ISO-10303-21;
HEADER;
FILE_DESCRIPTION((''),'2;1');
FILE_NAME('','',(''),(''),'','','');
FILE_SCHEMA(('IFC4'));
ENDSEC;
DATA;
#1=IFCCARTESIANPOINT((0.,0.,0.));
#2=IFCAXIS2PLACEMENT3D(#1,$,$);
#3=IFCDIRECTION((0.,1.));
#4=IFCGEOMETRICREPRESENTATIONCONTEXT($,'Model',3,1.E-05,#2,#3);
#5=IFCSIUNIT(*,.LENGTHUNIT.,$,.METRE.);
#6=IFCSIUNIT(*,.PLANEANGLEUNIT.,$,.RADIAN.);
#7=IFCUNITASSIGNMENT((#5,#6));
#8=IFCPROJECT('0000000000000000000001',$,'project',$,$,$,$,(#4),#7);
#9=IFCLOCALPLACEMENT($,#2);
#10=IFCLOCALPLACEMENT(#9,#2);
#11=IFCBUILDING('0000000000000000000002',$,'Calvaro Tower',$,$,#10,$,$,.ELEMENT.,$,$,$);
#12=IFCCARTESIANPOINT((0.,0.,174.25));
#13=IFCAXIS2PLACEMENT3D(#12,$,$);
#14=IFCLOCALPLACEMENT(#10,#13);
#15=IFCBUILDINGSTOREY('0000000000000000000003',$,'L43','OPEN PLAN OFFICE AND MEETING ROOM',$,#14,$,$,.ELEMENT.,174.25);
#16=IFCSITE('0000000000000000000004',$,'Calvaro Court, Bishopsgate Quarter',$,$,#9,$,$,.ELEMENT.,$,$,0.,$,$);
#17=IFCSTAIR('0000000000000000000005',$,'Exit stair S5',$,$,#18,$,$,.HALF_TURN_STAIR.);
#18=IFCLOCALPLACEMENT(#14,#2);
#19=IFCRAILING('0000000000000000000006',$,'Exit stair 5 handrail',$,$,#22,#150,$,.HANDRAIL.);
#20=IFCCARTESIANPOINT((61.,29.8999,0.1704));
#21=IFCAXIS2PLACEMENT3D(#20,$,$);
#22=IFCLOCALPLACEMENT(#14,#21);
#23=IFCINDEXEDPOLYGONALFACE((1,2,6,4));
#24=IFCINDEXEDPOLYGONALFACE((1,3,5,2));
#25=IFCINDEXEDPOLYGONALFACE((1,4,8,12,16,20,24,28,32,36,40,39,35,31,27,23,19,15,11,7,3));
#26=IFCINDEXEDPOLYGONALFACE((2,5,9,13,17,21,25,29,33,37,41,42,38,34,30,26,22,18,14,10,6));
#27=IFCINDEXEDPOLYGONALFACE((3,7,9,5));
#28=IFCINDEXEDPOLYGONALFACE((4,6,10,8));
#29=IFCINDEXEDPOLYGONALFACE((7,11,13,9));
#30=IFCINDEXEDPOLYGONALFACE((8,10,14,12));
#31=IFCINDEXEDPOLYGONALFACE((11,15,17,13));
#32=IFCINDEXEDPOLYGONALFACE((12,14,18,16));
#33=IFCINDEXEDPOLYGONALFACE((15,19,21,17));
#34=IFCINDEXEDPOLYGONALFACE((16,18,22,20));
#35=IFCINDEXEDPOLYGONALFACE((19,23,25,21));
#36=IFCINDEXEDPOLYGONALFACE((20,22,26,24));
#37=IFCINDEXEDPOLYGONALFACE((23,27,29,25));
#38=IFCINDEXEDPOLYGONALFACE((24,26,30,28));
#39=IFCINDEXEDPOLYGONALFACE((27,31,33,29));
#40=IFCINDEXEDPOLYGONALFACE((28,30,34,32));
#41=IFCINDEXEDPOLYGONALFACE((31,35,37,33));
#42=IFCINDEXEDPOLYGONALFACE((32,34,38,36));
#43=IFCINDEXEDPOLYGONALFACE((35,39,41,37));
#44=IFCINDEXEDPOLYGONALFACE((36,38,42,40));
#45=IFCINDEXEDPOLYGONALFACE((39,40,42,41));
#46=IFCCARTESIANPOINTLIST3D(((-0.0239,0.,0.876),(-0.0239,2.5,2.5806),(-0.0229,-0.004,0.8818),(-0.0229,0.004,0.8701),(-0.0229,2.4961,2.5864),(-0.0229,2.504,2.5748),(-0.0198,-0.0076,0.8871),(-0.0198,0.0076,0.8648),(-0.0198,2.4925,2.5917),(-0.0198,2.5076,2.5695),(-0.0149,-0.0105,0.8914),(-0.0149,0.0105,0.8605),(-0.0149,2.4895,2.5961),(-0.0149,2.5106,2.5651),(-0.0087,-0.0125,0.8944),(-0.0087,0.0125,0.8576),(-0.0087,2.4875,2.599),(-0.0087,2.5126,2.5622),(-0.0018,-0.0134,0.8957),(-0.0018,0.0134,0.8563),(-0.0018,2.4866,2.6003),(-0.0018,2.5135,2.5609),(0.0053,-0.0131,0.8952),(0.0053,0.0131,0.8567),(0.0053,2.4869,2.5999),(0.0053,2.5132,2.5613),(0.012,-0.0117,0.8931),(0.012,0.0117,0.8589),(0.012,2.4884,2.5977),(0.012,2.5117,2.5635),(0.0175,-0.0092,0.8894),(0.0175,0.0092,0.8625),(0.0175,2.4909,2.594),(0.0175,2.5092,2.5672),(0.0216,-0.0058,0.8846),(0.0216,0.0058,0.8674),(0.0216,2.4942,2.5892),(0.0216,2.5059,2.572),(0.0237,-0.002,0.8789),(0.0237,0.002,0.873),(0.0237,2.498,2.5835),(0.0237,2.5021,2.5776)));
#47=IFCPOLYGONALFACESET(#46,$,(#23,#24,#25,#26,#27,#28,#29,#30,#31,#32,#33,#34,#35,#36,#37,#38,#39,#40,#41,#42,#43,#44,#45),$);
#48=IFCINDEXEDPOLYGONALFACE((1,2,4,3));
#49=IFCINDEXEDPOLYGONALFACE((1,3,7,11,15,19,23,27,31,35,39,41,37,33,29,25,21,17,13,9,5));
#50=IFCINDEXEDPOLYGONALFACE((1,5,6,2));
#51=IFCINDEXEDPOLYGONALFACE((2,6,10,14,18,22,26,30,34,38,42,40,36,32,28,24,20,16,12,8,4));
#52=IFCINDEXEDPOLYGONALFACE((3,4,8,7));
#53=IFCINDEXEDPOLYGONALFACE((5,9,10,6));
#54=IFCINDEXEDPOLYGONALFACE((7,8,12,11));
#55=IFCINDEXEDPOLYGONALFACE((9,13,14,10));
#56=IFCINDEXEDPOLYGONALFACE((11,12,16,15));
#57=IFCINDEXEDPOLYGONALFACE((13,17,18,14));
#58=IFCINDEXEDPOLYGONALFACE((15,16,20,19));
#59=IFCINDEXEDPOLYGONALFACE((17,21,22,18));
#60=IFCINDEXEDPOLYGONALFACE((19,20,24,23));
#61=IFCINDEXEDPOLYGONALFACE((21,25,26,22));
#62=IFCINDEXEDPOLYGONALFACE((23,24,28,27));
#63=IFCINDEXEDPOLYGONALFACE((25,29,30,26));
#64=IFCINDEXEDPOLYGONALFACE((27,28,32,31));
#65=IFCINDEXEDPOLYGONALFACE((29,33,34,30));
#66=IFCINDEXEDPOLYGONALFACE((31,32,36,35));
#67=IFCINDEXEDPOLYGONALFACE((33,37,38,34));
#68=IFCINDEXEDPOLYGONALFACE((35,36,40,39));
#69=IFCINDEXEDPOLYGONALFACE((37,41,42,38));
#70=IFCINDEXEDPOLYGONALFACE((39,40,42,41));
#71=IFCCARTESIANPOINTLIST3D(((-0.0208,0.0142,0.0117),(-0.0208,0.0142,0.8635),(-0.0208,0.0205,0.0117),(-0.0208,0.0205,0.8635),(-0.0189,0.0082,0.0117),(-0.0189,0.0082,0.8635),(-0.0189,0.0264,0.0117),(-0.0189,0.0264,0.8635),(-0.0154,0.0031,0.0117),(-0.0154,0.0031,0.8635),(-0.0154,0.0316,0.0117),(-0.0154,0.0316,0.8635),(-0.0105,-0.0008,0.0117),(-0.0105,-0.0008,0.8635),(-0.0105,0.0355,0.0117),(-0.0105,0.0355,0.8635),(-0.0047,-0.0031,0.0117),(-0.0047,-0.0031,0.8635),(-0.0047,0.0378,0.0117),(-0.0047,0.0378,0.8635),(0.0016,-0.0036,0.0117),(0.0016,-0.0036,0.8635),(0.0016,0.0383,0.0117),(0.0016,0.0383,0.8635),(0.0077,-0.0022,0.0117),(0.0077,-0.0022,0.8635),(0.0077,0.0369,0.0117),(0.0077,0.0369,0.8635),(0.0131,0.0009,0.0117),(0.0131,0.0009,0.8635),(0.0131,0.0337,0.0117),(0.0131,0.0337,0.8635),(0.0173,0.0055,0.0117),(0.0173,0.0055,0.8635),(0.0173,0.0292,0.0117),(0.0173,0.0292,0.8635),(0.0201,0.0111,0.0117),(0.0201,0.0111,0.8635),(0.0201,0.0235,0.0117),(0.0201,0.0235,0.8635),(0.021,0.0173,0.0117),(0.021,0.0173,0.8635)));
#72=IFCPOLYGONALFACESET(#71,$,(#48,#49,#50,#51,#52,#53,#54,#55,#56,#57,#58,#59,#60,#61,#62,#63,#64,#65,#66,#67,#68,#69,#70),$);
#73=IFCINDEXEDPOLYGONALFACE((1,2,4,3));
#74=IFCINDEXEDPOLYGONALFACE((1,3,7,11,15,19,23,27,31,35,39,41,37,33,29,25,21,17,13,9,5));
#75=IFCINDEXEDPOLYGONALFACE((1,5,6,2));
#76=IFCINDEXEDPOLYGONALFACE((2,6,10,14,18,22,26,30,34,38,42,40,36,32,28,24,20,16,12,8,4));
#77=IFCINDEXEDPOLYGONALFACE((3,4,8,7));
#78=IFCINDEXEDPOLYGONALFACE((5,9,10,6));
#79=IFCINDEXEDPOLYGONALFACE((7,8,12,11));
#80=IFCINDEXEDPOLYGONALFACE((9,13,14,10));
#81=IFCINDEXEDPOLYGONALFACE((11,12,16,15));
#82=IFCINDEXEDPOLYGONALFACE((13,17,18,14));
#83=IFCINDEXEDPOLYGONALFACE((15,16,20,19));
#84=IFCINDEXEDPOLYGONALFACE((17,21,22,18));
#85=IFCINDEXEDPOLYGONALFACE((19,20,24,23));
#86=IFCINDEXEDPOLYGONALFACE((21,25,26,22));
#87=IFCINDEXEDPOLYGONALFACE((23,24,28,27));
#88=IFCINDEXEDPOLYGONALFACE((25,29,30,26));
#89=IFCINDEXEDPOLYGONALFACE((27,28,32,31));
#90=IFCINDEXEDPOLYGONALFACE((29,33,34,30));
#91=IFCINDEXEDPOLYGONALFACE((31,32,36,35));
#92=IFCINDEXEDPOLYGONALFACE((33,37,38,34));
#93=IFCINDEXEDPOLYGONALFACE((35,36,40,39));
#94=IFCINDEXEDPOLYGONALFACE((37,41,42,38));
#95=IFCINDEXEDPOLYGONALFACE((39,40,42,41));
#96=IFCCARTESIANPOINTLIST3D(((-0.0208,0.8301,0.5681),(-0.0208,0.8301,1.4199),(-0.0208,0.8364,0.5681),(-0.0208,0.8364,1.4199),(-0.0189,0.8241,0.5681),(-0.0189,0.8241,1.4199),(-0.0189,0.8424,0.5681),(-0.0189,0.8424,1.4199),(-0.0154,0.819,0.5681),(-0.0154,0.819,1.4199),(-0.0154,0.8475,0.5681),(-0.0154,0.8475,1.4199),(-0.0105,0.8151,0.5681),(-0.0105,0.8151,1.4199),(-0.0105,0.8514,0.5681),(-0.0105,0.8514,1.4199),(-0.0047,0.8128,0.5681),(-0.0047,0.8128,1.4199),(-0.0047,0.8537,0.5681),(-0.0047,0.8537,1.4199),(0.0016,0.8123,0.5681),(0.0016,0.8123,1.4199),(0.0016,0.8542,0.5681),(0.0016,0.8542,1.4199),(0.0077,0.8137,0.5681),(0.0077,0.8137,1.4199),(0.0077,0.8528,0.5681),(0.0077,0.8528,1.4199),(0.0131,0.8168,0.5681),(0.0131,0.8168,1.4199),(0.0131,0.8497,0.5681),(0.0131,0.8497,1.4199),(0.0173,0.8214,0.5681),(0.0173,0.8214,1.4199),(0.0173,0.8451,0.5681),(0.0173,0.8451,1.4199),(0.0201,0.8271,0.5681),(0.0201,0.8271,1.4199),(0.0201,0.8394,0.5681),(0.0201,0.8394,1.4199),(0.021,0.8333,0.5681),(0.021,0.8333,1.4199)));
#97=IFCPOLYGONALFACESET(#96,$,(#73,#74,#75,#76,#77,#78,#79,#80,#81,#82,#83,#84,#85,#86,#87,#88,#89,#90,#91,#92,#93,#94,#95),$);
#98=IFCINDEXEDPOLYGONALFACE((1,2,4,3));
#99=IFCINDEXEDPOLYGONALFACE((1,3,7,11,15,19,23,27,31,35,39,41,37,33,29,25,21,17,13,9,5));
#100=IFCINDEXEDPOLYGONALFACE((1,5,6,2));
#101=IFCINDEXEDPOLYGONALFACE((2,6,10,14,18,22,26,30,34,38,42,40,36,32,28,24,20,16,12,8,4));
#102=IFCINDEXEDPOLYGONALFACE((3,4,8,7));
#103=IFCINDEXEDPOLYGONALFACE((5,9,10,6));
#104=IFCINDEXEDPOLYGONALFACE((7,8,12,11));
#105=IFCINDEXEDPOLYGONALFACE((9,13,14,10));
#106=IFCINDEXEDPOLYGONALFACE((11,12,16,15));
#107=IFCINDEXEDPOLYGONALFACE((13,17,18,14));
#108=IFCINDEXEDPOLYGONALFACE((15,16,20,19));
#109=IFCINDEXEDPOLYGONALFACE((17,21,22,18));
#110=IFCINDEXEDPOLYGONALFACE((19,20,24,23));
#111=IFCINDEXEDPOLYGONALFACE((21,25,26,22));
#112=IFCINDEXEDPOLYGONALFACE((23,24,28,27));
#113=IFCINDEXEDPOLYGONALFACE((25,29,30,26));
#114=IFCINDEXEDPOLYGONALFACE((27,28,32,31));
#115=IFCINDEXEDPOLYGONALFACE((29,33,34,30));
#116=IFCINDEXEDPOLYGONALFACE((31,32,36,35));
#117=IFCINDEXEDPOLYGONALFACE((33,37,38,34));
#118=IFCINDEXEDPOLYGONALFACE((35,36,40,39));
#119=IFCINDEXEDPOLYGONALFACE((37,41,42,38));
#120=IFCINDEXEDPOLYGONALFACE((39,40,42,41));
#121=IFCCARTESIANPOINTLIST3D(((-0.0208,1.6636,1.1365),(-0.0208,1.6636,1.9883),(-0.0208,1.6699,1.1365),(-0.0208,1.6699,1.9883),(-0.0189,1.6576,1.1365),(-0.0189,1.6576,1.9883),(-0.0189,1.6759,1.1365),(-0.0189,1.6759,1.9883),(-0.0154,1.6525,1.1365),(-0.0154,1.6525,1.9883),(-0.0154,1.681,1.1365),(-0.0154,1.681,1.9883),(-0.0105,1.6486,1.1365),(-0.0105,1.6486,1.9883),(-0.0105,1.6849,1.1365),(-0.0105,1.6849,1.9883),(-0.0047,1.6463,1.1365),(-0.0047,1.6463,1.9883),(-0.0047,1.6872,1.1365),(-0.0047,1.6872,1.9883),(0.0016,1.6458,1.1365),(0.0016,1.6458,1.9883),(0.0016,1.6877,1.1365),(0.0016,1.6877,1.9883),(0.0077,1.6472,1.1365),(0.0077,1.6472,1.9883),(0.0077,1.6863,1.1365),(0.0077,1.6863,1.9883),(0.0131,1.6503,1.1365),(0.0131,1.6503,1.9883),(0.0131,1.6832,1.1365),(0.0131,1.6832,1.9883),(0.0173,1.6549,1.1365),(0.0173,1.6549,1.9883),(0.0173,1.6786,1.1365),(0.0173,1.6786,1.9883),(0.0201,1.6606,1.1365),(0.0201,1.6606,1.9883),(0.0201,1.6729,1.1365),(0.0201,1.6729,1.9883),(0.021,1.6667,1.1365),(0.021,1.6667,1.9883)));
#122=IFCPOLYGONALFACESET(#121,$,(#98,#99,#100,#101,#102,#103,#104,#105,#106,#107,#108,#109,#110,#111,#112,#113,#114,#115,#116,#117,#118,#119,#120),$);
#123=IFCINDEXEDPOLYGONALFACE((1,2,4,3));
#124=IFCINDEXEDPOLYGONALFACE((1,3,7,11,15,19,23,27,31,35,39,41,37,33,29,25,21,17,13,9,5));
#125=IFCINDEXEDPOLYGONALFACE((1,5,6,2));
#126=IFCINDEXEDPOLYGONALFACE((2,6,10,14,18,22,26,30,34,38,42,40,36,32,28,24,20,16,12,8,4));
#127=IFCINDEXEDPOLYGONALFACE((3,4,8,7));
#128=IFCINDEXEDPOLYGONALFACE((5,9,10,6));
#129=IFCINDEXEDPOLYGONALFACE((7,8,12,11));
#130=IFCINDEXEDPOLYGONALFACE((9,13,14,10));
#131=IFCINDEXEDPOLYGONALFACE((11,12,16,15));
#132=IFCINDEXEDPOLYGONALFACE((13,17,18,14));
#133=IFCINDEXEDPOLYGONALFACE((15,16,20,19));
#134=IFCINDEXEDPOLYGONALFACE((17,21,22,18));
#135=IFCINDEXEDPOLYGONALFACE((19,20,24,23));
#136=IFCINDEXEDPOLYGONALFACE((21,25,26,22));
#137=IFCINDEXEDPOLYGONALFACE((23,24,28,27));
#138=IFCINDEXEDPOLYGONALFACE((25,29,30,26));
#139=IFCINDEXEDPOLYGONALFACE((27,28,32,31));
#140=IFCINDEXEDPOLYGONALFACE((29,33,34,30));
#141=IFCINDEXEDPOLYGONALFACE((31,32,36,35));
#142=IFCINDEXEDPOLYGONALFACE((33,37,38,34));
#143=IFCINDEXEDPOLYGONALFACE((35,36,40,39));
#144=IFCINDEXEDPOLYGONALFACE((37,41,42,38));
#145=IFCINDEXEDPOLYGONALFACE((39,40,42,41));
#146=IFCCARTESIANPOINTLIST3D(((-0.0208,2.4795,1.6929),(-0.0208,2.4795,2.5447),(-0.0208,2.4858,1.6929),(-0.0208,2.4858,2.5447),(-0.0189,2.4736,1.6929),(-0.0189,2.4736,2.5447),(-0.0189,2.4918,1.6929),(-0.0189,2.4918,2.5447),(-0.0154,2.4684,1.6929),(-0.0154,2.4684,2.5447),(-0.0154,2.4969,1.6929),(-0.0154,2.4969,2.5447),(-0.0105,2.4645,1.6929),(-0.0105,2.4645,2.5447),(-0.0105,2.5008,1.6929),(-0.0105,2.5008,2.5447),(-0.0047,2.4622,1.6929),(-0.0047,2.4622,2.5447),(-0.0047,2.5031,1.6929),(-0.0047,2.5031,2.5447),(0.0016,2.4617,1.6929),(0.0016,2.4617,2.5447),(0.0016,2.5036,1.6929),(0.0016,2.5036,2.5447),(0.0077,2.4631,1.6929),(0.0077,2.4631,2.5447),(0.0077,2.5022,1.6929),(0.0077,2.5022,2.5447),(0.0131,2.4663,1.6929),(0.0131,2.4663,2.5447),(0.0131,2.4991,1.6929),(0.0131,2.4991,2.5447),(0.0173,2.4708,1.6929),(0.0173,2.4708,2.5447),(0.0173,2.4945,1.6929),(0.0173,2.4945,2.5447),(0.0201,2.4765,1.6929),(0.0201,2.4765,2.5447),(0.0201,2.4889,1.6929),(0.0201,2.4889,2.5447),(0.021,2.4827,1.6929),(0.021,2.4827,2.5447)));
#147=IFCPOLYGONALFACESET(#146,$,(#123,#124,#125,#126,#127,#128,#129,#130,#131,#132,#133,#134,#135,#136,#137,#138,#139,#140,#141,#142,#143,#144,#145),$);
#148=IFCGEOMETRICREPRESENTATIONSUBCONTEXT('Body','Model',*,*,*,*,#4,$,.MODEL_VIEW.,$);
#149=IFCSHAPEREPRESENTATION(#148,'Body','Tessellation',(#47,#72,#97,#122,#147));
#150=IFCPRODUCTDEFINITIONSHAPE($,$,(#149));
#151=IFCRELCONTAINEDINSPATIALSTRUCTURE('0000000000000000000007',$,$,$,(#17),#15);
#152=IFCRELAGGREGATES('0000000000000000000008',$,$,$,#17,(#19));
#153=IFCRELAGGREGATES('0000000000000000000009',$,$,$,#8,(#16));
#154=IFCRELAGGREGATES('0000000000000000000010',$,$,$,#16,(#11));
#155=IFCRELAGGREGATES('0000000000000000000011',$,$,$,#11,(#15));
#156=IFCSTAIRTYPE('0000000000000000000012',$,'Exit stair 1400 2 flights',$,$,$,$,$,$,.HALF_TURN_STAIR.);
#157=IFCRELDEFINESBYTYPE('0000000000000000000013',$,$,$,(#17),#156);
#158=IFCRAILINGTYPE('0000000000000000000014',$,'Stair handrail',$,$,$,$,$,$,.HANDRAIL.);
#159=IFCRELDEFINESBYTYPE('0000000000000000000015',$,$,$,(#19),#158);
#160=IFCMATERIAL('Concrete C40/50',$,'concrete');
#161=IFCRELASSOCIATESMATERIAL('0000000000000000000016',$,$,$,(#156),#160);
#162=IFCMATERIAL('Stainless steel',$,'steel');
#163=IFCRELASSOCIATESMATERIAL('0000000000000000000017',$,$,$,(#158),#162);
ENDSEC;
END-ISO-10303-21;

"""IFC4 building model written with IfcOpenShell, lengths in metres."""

from ifc_helpers import new_model, si_unit, direction, frame, origin, origin_2d, place, context, subcontext, project, spatial, circle, extrude, material, type_object, element, aggregate, save


model = new_model("IFC4")

# Units and contexts
model_context = context("Model", 3, precision=1e-05, world=origin(), true_north=direction((0.0, 1.0)))
body_context = subcontext(model_context, "Body", "Model", "MODEL_VIEW")
ifc_project = project(units=[si_unit("LENGTHUNIT", "METRE"), si_unit("PLANEANGLEUNIT", "RADIAN")], contexts=[model_context])

# Site, building, storey
site_placement = place(None, origin())
site = spatial("IfcSite", under=ifc_project, at=site_placement, Name="Calvaro Court, Bishopsgate Quarter", CompositionType="ELEMENT", RefElevation=0.0)
building_placement = place(site_placement, origin())
building = spatial("IfcBuilding", under=site, at=building_placement, Name="Calvaro Tower", CompositionType="ELEMENT")
storey_placement = place(building_placement, frame((0.0, 0.0, 174.25)))
storey = spatial("IfcBuildingStorey", under=building, at=storey_placement, Name="L43", Description="OPEN PLAN OFFICE AND MEETING ROOM", CompositionType="ELEMENT", Elevation=174.25)

# Stair
ifc_material_1 = material(Name="Concrete C40/50", Category="concrete")
stair_type = type_object("IfcStairType", Name="Exit stair 1400 2 flights", PredefinedType="HALF_TURN_STAIR", material=ifc_material_1)
stair_1_placement = place(storey_placement, origin())
stair_1 = element("IfcStair", 1, at=stair_1_placement, inside=storey, type_object=stair_type, Name="Exit stair S5", PredefinedType="HALF_TURN_STAIR")

# Railing
ifc_material_2 = material(Name="Stainless steel", Category="steel")
railing_type = type_object("IfcRailingType", Name="Stair handrail", PredefinedType="HANDRAIL", material=ifc_material_2)
railing_1_placement = place(storey_placement, frame((61.0, 29.8999, 0.1704)))
railing_1 = element("IfcRailing", 2, at=railing_1_placement, type_object=railing_type, Name="Exit stair 5 handrail", PredefinedType="HANDRAIL", context=body_context, shape_type="SweptSolid", body=[
    extrude(circle(Radius=0.0239, at=origin_2d()), frame((0.0, 0.0, 0.876), z_axis=(0.0, 0.826221, 0.563347), x_axis=(-1.0, 0.0, 0.0)), (0.0, 0.0, 1.0), 3.0259),
    extrude(circle(Radius=0.021, at=origin_2d()), frame((0.0, 0.0173, 0.0117)), (0.0, 0.0, 1.0), 0.8518),
    extrude(circle(Radius=0.021, at=origin_2d()), frame((0.0, 0.8333, 0.5681)), (0.0, 0.0, 1.0), 0.8518),
    extrude(circle(Radius=0.021, at=origin_2d()), frame((0.0, 1.6667, 1.1365)), (0.0, 0.0, 1.0), 0.8518),
    extrude(circle(Radius=0.021, at=origin_2d()), frame((0.0, 2.4827, 1.6929)), (0.0, 0.0, 1.0), 0.8518),
])
aggregate(stair_1, [railing_1])

save(model, "model.ifc")
